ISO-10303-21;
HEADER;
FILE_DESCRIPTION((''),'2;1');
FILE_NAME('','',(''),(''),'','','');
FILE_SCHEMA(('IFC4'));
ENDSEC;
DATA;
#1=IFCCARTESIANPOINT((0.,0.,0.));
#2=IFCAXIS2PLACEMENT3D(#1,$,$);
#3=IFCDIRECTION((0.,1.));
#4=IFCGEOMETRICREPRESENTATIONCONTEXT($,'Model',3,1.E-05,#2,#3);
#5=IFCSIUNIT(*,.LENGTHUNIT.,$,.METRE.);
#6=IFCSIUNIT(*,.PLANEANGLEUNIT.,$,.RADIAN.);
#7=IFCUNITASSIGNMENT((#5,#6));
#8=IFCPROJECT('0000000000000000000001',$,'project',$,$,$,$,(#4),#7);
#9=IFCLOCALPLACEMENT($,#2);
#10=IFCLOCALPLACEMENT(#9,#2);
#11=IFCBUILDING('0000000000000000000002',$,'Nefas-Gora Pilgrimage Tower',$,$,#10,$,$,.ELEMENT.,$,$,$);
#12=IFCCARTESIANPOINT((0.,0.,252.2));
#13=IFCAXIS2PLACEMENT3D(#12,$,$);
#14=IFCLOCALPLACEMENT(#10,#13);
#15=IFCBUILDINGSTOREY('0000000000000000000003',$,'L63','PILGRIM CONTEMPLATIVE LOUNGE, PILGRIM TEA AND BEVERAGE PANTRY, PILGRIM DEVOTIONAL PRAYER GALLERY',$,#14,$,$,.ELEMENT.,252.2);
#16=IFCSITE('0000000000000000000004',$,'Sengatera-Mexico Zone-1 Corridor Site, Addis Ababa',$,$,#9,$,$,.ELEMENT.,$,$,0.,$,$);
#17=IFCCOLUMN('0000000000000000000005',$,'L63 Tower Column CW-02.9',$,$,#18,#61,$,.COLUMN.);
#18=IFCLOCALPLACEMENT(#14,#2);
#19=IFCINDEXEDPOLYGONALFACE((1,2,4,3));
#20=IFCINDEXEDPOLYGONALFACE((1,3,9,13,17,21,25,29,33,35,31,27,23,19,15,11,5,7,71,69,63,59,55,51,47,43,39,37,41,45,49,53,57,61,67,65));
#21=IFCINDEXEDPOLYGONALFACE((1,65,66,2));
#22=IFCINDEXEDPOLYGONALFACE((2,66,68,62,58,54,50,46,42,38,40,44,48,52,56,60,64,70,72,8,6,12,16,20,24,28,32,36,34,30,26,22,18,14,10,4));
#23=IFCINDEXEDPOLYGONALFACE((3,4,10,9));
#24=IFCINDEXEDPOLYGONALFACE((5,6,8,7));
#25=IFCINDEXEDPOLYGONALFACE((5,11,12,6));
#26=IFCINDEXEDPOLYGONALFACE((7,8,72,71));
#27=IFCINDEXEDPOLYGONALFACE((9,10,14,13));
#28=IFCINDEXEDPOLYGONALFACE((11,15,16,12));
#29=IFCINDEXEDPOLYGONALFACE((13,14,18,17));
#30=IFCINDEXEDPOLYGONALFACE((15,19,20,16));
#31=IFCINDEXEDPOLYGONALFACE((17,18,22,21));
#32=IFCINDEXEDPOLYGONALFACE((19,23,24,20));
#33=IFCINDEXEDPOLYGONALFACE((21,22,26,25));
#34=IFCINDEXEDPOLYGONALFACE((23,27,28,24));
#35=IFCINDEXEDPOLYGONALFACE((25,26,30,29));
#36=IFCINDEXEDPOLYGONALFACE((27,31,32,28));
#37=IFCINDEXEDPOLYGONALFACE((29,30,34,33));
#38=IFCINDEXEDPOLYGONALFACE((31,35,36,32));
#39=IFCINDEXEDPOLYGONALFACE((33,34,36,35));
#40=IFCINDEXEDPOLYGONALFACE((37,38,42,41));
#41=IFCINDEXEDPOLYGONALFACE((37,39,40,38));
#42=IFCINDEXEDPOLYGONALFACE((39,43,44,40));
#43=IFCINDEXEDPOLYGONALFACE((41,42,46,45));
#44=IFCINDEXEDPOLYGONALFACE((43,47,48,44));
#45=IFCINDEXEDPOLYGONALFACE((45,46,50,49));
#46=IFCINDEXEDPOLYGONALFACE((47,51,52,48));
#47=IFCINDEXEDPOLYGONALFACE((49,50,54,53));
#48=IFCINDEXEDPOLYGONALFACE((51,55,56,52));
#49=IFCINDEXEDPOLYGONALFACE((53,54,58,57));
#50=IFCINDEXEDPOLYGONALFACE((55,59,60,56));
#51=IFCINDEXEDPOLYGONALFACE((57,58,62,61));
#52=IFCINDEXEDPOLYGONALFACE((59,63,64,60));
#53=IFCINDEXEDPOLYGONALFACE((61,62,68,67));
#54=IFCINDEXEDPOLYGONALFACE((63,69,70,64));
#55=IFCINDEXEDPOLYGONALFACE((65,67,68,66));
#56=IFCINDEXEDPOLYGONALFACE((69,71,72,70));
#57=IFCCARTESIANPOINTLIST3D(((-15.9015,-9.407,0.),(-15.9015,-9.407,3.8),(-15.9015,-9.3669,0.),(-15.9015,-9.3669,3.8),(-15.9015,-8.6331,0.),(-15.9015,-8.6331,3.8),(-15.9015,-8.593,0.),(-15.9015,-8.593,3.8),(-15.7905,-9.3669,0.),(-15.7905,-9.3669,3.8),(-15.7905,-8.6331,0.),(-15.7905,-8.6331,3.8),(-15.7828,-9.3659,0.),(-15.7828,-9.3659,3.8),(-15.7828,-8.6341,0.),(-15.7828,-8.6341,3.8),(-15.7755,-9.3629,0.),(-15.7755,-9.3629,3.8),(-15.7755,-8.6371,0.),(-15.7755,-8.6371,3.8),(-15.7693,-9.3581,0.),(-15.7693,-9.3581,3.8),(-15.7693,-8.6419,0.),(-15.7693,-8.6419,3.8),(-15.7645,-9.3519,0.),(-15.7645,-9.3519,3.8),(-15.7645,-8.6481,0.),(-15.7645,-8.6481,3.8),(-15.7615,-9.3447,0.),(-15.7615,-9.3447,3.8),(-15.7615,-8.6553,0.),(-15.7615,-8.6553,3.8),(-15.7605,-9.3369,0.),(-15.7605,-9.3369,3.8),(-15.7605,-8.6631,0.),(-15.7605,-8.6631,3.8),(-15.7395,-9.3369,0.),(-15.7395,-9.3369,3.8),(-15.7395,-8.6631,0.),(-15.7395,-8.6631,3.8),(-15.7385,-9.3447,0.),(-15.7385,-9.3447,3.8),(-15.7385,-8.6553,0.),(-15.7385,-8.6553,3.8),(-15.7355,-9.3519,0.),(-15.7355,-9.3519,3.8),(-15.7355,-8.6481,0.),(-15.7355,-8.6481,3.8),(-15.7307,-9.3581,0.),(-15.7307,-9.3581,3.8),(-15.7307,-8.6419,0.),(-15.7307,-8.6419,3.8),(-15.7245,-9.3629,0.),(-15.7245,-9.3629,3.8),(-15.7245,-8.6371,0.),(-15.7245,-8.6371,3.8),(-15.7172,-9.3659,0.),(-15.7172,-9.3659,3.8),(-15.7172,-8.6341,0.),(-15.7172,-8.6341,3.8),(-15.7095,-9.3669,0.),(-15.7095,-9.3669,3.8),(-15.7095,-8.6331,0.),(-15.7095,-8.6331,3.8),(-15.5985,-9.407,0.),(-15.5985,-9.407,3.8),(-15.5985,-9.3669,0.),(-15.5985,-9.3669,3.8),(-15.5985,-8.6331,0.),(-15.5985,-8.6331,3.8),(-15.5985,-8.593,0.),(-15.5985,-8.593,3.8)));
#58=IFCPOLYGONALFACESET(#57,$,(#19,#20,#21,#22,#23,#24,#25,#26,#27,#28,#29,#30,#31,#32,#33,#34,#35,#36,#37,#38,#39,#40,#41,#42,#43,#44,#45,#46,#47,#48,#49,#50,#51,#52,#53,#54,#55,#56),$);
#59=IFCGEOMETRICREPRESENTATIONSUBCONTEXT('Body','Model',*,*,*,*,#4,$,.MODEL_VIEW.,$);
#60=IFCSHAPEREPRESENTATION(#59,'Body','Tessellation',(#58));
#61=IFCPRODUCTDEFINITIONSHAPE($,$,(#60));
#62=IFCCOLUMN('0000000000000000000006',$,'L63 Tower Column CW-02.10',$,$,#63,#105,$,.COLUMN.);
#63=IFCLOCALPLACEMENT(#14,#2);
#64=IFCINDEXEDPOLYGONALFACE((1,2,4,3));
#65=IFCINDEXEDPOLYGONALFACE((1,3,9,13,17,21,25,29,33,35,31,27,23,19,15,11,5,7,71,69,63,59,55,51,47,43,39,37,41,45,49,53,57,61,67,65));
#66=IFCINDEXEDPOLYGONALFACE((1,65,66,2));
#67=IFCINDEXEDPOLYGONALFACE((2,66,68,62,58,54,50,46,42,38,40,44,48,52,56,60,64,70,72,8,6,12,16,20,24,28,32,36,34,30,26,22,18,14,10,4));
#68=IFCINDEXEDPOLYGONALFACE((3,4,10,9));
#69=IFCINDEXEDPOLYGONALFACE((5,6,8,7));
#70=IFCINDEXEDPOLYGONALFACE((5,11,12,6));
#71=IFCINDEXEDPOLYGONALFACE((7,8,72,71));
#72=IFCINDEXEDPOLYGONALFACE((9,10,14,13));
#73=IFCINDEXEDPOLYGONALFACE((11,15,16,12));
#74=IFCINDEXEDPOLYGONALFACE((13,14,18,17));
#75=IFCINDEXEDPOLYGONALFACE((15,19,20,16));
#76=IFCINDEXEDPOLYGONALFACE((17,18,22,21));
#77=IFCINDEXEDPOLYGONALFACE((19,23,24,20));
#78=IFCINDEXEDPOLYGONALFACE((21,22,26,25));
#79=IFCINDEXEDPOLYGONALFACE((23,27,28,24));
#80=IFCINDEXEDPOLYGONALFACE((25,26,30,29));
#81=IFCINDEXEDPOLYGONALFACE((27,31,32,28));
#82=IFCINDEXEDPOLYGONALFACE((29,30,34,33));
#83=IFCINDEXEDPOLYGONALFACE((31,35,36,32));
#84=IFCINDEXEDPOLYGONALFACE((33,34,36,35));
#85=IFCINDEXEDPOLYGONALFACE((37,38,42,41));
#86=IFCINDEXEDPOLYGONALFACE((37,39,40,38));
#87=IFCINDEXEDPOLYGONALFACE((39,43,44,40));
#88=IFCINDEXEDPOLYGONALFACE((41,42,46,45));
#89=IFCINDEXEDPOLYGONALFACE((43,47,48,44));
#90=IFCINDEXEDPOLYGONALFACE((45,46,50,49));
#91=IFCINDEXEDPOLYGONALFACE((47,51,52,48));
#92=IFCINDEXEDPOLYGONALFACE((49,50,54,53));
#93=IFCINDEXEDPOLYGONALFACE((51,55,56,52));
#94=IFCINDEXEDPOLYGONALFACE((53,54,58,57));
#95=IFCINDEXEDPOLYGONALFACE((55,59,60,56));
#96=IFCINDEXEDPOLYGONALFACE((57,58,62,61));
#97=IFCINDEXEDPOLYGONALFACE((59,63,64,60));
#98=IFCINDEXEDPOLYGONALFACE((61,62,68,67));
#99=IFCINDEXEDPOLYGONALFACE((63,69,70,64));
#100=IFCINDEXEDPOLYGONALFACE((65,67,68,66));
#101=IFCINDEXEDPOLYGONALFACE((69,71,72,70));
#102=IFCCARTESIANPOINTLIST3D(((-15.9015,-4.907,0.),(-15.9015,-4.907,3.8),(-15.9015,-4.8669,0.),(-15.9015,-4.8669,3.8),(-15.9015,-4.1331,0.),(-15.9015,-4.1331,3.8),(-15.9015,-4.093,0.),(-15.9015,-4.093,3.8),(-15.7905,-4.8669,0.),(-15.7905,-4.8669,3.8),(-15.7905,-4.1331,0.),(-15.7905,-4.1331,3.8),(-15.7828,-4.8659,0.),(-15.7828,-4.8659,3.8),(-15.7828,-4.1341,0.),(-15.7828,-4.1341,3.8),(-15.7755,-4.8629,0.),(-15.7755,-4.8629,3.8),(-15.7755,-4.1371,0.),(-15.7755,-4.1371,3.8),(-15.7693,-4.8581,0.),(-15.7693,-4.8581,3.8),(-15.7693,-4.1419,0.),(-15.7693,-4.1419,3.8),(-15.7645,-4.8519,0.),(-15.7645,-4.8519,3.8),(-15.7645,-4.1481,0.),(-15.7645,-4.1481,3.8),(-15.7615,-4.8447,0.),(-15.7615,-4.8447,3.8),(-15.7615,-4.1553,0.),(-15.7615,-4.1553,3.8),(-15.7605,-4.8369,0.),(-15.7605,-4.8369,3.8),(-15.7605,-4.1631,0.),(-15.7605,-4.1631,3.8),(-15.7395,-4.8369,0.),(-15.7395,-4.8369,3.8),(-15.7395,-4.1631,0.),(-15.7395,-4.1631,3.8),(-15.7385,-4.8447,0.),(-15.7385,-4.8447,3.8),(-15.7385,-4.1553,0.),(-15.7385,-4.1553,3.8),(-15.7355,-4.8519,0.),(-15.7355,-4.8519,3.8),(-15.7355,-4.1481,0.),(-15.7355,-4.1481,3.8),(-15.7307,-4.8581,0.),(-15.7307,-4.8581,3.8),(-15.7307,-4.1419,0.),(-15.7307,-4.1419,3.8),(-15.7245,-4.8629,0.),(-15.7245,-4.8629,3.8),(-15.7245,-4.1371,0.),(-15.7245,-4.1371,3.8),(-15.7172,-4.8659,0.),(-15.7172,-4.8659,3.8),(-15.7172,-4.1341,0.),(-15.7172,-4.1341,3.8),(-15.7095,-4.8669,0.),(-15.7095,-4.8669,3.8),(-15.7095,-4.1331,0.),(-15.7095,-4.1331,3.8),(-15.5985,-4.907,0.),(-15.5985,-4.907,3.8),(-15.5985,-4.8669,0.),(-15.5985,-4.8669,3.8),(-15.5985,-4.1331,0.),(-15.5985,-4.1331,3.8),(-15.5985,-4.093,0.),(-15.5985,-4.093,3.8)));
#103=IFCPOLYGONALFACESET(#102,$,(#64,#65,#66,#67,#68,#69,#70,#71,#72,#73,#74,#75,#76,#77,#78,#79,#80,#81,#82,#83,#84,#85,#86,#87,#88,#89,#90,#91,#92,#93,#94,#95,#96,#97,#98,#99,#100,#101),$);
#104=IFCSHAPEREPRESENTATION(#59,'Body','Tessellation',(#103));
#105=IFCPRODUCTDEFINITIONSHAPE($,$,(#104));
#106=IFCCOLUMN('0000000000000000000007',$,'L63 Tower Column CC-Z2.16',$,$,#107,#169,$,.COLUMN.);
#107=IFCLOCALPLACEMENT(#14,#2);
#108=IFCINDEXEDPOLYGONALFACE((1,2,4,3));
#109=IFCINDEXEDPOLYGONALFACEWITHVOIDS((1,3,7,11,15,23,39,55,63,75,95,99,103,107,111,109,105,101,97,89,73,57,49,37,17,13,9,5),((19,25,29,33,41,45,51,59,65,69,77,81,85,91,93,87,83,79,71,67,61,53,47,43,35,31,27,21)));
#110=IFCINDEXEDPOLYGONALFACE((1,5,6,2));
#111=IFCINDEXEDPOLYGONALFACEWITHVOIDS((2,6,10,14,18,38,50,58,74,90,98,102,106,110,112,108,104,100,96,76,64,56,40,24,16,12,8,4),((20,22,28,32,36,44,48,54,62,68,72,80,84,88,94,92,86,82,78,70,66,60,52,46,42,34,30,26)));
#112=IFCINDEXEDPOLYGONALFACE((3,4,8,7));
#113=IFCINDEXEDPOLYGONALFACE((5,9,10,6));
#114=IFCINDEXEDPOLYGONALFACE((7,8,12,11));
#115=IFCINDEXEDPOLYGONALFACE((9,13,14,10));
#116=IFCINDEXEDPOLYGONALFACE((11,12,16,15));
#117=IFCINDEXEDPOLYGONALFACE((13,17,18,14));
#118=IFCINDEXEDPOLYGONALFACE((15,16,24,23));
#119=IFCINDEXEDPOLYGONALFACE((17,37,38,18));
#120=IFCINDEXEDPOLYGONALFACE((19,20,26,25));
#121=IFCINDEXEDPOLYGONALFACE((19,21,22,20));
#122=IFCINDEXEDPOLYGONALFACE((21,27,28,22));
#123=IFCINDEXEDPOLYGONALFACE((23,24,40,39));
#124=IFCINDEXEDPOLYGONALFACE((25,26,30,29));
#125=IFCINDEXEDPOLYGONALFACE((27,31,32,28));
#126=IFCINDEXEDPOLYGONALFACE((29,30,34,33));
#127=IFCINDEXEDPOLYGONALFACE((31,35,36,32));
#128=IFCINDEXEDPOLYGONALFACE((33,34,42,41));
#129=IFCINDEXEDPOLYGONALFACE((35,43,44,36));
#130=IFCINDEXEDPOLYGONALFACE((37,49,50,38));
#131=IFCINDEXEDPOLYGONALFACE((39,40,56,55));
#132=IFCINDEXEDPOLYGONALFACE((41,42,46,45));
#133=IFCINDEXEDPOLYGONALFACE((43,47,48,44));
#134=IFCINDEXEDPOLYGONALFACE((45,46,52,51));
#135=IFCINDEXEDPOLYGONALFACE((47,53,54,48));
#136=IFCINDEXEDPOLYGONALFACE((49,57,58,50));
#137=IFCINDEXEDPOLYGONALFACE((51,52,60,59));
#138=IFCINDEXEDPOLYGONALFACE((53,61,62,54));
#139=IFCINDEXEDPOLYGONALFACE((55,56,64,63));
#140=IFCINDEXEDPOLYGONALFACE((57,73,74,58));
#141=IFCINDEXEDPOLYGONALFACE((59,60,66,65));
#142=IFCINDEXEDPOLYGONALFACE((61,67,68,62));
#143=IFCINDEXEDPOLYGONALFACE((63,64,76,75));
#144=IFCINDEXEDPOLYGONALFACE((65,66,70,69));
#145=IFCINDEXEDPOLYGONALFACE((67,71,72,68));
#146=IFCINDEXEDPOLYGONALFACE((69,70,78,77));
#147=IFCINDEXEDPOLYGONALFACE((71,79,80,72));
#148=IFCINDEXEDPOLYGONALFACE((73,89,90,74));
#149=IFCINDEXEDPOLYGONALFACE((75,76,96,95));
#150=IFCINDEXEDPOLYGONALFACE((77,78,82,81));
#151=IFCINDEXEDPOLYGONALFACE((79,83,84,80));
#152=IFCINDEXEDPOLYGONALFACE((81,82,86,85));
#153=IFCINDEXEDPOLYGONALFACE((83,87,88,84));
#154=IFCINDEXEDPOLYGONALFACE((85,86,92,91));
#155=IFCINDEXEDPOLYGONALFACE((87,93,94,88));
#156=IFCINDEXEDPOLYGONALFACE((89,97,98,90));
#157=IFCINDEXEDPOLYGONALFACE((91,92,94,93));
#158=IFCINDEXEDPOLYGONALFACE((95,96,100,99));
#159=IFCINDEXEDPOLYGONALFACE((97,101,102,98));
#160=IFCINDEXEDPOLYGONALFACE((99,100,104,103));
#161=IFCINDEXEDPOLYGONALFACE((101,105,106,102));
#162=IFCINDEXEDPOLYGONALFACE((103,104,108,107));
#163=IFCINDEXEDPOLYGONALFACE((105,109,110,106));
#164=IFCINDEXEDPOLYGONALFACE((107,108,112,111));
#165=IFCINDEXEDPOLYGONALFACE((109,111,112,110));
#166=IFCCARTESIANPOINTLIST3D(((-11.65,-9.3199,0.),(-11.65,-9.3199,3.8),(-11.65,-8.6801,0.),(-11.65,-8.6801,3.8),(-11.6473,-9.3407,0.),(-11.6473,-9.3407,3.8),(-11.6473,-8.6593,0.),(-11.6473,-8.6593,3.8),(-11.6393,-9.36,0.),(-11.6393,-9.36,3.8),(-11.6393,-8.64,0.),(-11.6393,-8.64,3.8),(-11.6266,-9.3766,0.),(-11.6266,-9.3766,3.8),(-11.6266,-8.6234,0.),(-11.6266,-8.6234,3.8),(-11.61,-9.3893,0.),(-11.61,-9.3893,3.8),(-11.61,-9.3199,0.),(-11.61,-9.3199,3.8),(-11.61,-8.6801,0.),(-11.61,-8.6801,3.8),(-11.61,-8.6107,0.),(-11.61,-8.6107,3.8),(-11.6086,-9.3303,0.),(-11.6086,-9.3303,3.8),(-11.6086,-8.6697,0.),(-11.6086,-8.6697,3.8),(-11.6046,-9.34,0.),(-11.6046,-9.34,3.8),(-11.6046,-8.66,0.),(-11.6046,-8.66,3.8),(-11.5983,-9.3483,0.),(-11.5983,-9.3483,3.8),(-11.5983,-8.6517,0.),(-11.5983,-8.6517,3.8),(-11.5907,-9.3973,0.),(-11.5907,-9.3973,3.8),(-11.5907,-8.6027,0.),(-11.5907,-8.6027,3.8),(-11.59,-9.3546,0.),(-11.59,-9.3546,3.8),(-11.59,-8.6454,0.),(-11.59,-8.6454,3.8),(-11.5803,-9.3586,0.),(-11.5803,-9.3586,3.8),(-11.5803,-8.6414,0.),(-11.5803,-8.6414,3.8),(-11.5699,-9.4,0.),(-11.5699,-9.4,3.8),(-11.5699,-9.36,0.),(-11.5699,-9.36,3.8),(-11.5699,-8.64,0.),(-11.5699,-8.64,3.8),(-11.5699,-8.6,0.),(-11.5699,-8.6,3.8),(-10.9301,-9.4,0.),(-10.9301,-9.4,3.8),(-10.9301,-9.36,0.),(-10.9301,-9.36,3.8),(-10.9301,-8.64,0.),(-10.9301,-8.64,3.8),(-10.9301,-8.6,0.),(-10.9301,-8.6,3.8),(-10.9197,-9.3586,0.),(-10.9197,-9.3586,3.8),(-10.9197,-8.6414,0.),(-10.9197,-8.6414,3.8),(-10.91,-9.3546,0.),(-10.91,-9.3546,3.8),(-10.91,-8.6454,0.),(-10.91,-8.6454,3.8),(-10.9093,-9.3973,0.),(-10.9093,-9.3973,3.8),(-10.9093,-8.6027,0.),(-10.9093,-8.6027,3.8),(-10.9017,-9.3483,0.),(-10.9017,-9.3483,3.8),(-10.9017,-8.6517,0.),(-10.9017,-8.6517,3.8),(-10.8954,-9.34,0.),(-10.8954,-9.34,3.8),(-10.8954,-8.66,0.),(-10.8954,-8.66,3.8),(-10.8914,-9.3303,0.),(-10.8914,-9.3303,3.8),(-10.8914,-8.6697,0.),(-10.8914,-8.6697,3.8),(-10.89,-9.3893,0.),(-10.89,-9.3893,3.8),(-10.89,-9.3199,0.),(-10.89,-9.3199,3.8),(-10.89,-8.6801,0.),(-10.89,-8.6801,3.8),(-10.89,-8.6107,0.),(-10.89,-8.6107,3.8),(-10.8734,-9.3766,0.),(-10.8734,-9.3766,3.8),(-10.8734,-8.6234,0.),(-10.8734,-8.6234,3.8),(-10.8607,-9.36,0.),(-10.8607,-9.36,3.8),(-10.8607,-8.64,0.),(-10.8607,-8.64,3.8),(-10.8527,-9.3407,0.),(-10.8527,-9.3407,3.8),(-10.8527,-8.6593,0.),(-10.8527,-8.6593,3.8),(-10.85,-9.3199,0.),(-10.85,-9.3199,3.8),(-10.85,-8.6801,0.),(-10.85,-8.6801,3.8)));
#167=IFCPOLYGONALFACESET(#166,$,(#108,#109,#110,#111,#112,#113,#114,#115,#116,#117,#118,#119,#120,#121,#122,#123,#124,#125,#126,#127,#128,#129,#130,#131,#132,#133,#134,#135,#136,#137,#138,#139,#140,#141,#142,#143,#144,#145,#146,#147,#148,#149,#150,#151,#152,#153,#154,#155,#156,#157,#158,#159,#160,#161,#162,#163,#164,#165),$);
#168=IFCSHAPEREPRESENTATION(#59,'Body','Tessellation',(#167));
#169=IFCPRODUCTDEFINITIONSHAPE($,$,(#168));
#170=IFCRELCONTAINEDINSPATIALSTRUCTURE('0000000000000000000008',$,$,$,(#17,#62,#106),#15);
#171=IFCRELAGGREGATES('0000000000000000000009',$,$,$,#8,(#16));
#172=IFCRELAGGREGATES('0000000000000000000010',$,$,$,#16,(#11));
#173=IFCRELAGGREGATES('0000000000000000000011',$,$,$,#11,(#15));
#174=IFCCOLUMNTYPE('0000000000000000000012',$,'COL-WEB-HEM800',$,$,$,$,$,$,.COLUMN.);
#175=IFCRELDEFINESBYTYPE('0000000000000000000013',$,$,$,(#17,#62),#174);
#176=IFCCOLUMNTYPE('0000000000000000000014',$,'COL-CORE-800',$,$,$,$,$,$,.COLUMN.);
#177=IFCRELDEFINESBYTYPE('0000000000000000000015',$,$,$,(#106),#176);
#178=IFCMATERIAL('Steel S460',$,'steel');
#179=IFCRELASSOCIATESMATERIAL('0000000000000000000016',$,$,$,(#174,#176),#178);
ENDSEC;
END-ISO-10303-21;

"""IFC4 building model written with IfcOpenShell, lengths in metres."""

from ifc_helpers import new_model, si_unit, direction, frame, origin, origin_2d, place, context, subcontext, project, spatial, hollow_rectangle, i_section, extrude, source, transform, mapped, material, material_profile, profile_set, type_object, element, save


model = new_model("IFC4")

# Units and contexts
model_context = context("Model", 3, precision=1e-05, world=origin(), true_north=direction((0.0, 1.0)))
body_context = subcontext(model_context, "Body", "Model", "MODEL_VIEW")
ifc_project = project(units=[si_unit("LENGTHUNIT", "METRE"), si_unit("PLANEANGLEUNIT", "RADIAN")], contexts=[model_context])

# Site, building, storey
site_placement = place(None, origin())
site = spatial("IfcSite", under=ifc_project, at=site_placement, Name="Sengatera-Mexico Zone-1 Corridor Site, Addis Ababa", CompositionType="ELEMENT", RefElevation=0.0)
building_placement = place(site_placement, origin())
building = spatial("IfcBuilding", under=site, at=building_placement, Name="Nefas-Gora Pilgrimage Tower", CompositionType="ELEMENT")
storey_placement = place(building_placement, frame((0.0, 0.0, 252.2)))
storey = spatial("IfcBuildingStorey", under=building, at=storey_placement, Name="L63", Description="PILGRIM CONTEMPLATIVE LOUNGE, PILGRIM TEA AND BEVERAGE PANTRY, PILGRIM DEVOTIONAL PRAYER GALLERY", CompositionType="ELEMENT", Elevation=252.2)

# Columns
ifc_material_1 = material(Name="Steel S460", Category="steel")
ifc_material_profile_1 = material_profile(ifc_material_1, i_section(OverallWidth=0.303, OverallDepth=0.814, WebThickness=0.021, FlangeThickness=0.04, FilletRadius=0.03, at=origin_2d()), Name="HEM 800")
ifc_profile_set_1 = profile_set([ifc_material_profile_1], Name="Steel S460")
column_type_1 = type_object("IfcColumnType", Name="COL-WEB-HEM800", PredefinedType="COLUMN", material=ifc_profile_set_1)
shared_shape_1 = source(origin(), body_context, "Body", "SweptSolid", [
    extrude(i_section(OverallWidth=0.303, OverallDepth=0.814, WebThickness=0.021, FlangeThickness=0.04, FilletRadius=0.03, at=origin_2d()), origin(), (0.0, 0.0, 1.0), 3.8),
])
for number, where, z_axis, x_axis, name in (
    (1, (-15.75, -9.0, 0.0), (0.0, 0.0, 1.0), (1.0, 0.0, 0.0), "L63 Tower Column CW-02.9"),
    (2, (-15.75, -4.5, 0.0), (0.0, 0.0, 1.0), (1.0, 0.0, 0.0), "L63 Tower Column CW-02.10"),
):
    element("IfcColumn", number, at=place(storey_placement, frame(where, z_axis=z_axis, x_axis=x_axis)), inside=storey, type_object=column_type_1, Name=name, PredefinedType="COLUMN", context=body_context, shape_type="MappedRepresentation", body=[
        mapped(shared_shape_1, transform((0.0, 0.0, 0.0), x_axis=(1.0, 0.0, 0.0), y_axis=(0.0, 1.0, 0.0), z_axis=(0.0, 0.0, 1.0), scale=1.0)),
    ])
ifc_material_profile_2 = material_profile(ifc_material_1, hollow_rectangle(XDim=0.8, YDim=0.8, WallThickness=0.04, InnerFilletRadius=0.04, OuterFilletRadius=0.0801, at=origin_2d()), Name="BOX 800x800x40")
ifc_profile_set_2 = profile_set([ifc_material_profile_2], Name="Steel S460")
column_type_2 = type_object("IfcColumnType", Name="COL-CORE-800", PredefinedType="COLUMN", material=ifc_profile_set_2)
shared_shape_2 = source(origin(), body_context, "Body", "SweptSolid", [
    extrude(hollow_rectangle(XDim=0.8, YDim=0.8, WallThickness=0.04, InnerFilletRadius=0.04, OuterFilletRadius=0.0801, at=origin_2d()), origin(), (0.0, 0.0, 1.0), 3.8),
])
column_placement = place(storey_placement, frame((-11.25, -9.0, 0.0), z_axis=(0.0, 0.0, 1.0), x_axis=(1.0, 0.0, 0.0)))
element("IfcColumn", 3, at=column_placement, inside=storey, type_object=column_type_2, Name="L63 Tower Column CC-Z2.16", PredefinedType="COLUMN", context=body_context, shape_type="MappedRepresentation", body=[
    mapped(shared_shape_2, transform((0.0, 0.0, 0.0), x_axis=(1.0, 0.0, 0.0), y_axis=(0.0, 1.0, 0.0), z_axis=(0.0, 0.0, 1.0), scale=1.0)),
])

save(model, "model.ifc")
